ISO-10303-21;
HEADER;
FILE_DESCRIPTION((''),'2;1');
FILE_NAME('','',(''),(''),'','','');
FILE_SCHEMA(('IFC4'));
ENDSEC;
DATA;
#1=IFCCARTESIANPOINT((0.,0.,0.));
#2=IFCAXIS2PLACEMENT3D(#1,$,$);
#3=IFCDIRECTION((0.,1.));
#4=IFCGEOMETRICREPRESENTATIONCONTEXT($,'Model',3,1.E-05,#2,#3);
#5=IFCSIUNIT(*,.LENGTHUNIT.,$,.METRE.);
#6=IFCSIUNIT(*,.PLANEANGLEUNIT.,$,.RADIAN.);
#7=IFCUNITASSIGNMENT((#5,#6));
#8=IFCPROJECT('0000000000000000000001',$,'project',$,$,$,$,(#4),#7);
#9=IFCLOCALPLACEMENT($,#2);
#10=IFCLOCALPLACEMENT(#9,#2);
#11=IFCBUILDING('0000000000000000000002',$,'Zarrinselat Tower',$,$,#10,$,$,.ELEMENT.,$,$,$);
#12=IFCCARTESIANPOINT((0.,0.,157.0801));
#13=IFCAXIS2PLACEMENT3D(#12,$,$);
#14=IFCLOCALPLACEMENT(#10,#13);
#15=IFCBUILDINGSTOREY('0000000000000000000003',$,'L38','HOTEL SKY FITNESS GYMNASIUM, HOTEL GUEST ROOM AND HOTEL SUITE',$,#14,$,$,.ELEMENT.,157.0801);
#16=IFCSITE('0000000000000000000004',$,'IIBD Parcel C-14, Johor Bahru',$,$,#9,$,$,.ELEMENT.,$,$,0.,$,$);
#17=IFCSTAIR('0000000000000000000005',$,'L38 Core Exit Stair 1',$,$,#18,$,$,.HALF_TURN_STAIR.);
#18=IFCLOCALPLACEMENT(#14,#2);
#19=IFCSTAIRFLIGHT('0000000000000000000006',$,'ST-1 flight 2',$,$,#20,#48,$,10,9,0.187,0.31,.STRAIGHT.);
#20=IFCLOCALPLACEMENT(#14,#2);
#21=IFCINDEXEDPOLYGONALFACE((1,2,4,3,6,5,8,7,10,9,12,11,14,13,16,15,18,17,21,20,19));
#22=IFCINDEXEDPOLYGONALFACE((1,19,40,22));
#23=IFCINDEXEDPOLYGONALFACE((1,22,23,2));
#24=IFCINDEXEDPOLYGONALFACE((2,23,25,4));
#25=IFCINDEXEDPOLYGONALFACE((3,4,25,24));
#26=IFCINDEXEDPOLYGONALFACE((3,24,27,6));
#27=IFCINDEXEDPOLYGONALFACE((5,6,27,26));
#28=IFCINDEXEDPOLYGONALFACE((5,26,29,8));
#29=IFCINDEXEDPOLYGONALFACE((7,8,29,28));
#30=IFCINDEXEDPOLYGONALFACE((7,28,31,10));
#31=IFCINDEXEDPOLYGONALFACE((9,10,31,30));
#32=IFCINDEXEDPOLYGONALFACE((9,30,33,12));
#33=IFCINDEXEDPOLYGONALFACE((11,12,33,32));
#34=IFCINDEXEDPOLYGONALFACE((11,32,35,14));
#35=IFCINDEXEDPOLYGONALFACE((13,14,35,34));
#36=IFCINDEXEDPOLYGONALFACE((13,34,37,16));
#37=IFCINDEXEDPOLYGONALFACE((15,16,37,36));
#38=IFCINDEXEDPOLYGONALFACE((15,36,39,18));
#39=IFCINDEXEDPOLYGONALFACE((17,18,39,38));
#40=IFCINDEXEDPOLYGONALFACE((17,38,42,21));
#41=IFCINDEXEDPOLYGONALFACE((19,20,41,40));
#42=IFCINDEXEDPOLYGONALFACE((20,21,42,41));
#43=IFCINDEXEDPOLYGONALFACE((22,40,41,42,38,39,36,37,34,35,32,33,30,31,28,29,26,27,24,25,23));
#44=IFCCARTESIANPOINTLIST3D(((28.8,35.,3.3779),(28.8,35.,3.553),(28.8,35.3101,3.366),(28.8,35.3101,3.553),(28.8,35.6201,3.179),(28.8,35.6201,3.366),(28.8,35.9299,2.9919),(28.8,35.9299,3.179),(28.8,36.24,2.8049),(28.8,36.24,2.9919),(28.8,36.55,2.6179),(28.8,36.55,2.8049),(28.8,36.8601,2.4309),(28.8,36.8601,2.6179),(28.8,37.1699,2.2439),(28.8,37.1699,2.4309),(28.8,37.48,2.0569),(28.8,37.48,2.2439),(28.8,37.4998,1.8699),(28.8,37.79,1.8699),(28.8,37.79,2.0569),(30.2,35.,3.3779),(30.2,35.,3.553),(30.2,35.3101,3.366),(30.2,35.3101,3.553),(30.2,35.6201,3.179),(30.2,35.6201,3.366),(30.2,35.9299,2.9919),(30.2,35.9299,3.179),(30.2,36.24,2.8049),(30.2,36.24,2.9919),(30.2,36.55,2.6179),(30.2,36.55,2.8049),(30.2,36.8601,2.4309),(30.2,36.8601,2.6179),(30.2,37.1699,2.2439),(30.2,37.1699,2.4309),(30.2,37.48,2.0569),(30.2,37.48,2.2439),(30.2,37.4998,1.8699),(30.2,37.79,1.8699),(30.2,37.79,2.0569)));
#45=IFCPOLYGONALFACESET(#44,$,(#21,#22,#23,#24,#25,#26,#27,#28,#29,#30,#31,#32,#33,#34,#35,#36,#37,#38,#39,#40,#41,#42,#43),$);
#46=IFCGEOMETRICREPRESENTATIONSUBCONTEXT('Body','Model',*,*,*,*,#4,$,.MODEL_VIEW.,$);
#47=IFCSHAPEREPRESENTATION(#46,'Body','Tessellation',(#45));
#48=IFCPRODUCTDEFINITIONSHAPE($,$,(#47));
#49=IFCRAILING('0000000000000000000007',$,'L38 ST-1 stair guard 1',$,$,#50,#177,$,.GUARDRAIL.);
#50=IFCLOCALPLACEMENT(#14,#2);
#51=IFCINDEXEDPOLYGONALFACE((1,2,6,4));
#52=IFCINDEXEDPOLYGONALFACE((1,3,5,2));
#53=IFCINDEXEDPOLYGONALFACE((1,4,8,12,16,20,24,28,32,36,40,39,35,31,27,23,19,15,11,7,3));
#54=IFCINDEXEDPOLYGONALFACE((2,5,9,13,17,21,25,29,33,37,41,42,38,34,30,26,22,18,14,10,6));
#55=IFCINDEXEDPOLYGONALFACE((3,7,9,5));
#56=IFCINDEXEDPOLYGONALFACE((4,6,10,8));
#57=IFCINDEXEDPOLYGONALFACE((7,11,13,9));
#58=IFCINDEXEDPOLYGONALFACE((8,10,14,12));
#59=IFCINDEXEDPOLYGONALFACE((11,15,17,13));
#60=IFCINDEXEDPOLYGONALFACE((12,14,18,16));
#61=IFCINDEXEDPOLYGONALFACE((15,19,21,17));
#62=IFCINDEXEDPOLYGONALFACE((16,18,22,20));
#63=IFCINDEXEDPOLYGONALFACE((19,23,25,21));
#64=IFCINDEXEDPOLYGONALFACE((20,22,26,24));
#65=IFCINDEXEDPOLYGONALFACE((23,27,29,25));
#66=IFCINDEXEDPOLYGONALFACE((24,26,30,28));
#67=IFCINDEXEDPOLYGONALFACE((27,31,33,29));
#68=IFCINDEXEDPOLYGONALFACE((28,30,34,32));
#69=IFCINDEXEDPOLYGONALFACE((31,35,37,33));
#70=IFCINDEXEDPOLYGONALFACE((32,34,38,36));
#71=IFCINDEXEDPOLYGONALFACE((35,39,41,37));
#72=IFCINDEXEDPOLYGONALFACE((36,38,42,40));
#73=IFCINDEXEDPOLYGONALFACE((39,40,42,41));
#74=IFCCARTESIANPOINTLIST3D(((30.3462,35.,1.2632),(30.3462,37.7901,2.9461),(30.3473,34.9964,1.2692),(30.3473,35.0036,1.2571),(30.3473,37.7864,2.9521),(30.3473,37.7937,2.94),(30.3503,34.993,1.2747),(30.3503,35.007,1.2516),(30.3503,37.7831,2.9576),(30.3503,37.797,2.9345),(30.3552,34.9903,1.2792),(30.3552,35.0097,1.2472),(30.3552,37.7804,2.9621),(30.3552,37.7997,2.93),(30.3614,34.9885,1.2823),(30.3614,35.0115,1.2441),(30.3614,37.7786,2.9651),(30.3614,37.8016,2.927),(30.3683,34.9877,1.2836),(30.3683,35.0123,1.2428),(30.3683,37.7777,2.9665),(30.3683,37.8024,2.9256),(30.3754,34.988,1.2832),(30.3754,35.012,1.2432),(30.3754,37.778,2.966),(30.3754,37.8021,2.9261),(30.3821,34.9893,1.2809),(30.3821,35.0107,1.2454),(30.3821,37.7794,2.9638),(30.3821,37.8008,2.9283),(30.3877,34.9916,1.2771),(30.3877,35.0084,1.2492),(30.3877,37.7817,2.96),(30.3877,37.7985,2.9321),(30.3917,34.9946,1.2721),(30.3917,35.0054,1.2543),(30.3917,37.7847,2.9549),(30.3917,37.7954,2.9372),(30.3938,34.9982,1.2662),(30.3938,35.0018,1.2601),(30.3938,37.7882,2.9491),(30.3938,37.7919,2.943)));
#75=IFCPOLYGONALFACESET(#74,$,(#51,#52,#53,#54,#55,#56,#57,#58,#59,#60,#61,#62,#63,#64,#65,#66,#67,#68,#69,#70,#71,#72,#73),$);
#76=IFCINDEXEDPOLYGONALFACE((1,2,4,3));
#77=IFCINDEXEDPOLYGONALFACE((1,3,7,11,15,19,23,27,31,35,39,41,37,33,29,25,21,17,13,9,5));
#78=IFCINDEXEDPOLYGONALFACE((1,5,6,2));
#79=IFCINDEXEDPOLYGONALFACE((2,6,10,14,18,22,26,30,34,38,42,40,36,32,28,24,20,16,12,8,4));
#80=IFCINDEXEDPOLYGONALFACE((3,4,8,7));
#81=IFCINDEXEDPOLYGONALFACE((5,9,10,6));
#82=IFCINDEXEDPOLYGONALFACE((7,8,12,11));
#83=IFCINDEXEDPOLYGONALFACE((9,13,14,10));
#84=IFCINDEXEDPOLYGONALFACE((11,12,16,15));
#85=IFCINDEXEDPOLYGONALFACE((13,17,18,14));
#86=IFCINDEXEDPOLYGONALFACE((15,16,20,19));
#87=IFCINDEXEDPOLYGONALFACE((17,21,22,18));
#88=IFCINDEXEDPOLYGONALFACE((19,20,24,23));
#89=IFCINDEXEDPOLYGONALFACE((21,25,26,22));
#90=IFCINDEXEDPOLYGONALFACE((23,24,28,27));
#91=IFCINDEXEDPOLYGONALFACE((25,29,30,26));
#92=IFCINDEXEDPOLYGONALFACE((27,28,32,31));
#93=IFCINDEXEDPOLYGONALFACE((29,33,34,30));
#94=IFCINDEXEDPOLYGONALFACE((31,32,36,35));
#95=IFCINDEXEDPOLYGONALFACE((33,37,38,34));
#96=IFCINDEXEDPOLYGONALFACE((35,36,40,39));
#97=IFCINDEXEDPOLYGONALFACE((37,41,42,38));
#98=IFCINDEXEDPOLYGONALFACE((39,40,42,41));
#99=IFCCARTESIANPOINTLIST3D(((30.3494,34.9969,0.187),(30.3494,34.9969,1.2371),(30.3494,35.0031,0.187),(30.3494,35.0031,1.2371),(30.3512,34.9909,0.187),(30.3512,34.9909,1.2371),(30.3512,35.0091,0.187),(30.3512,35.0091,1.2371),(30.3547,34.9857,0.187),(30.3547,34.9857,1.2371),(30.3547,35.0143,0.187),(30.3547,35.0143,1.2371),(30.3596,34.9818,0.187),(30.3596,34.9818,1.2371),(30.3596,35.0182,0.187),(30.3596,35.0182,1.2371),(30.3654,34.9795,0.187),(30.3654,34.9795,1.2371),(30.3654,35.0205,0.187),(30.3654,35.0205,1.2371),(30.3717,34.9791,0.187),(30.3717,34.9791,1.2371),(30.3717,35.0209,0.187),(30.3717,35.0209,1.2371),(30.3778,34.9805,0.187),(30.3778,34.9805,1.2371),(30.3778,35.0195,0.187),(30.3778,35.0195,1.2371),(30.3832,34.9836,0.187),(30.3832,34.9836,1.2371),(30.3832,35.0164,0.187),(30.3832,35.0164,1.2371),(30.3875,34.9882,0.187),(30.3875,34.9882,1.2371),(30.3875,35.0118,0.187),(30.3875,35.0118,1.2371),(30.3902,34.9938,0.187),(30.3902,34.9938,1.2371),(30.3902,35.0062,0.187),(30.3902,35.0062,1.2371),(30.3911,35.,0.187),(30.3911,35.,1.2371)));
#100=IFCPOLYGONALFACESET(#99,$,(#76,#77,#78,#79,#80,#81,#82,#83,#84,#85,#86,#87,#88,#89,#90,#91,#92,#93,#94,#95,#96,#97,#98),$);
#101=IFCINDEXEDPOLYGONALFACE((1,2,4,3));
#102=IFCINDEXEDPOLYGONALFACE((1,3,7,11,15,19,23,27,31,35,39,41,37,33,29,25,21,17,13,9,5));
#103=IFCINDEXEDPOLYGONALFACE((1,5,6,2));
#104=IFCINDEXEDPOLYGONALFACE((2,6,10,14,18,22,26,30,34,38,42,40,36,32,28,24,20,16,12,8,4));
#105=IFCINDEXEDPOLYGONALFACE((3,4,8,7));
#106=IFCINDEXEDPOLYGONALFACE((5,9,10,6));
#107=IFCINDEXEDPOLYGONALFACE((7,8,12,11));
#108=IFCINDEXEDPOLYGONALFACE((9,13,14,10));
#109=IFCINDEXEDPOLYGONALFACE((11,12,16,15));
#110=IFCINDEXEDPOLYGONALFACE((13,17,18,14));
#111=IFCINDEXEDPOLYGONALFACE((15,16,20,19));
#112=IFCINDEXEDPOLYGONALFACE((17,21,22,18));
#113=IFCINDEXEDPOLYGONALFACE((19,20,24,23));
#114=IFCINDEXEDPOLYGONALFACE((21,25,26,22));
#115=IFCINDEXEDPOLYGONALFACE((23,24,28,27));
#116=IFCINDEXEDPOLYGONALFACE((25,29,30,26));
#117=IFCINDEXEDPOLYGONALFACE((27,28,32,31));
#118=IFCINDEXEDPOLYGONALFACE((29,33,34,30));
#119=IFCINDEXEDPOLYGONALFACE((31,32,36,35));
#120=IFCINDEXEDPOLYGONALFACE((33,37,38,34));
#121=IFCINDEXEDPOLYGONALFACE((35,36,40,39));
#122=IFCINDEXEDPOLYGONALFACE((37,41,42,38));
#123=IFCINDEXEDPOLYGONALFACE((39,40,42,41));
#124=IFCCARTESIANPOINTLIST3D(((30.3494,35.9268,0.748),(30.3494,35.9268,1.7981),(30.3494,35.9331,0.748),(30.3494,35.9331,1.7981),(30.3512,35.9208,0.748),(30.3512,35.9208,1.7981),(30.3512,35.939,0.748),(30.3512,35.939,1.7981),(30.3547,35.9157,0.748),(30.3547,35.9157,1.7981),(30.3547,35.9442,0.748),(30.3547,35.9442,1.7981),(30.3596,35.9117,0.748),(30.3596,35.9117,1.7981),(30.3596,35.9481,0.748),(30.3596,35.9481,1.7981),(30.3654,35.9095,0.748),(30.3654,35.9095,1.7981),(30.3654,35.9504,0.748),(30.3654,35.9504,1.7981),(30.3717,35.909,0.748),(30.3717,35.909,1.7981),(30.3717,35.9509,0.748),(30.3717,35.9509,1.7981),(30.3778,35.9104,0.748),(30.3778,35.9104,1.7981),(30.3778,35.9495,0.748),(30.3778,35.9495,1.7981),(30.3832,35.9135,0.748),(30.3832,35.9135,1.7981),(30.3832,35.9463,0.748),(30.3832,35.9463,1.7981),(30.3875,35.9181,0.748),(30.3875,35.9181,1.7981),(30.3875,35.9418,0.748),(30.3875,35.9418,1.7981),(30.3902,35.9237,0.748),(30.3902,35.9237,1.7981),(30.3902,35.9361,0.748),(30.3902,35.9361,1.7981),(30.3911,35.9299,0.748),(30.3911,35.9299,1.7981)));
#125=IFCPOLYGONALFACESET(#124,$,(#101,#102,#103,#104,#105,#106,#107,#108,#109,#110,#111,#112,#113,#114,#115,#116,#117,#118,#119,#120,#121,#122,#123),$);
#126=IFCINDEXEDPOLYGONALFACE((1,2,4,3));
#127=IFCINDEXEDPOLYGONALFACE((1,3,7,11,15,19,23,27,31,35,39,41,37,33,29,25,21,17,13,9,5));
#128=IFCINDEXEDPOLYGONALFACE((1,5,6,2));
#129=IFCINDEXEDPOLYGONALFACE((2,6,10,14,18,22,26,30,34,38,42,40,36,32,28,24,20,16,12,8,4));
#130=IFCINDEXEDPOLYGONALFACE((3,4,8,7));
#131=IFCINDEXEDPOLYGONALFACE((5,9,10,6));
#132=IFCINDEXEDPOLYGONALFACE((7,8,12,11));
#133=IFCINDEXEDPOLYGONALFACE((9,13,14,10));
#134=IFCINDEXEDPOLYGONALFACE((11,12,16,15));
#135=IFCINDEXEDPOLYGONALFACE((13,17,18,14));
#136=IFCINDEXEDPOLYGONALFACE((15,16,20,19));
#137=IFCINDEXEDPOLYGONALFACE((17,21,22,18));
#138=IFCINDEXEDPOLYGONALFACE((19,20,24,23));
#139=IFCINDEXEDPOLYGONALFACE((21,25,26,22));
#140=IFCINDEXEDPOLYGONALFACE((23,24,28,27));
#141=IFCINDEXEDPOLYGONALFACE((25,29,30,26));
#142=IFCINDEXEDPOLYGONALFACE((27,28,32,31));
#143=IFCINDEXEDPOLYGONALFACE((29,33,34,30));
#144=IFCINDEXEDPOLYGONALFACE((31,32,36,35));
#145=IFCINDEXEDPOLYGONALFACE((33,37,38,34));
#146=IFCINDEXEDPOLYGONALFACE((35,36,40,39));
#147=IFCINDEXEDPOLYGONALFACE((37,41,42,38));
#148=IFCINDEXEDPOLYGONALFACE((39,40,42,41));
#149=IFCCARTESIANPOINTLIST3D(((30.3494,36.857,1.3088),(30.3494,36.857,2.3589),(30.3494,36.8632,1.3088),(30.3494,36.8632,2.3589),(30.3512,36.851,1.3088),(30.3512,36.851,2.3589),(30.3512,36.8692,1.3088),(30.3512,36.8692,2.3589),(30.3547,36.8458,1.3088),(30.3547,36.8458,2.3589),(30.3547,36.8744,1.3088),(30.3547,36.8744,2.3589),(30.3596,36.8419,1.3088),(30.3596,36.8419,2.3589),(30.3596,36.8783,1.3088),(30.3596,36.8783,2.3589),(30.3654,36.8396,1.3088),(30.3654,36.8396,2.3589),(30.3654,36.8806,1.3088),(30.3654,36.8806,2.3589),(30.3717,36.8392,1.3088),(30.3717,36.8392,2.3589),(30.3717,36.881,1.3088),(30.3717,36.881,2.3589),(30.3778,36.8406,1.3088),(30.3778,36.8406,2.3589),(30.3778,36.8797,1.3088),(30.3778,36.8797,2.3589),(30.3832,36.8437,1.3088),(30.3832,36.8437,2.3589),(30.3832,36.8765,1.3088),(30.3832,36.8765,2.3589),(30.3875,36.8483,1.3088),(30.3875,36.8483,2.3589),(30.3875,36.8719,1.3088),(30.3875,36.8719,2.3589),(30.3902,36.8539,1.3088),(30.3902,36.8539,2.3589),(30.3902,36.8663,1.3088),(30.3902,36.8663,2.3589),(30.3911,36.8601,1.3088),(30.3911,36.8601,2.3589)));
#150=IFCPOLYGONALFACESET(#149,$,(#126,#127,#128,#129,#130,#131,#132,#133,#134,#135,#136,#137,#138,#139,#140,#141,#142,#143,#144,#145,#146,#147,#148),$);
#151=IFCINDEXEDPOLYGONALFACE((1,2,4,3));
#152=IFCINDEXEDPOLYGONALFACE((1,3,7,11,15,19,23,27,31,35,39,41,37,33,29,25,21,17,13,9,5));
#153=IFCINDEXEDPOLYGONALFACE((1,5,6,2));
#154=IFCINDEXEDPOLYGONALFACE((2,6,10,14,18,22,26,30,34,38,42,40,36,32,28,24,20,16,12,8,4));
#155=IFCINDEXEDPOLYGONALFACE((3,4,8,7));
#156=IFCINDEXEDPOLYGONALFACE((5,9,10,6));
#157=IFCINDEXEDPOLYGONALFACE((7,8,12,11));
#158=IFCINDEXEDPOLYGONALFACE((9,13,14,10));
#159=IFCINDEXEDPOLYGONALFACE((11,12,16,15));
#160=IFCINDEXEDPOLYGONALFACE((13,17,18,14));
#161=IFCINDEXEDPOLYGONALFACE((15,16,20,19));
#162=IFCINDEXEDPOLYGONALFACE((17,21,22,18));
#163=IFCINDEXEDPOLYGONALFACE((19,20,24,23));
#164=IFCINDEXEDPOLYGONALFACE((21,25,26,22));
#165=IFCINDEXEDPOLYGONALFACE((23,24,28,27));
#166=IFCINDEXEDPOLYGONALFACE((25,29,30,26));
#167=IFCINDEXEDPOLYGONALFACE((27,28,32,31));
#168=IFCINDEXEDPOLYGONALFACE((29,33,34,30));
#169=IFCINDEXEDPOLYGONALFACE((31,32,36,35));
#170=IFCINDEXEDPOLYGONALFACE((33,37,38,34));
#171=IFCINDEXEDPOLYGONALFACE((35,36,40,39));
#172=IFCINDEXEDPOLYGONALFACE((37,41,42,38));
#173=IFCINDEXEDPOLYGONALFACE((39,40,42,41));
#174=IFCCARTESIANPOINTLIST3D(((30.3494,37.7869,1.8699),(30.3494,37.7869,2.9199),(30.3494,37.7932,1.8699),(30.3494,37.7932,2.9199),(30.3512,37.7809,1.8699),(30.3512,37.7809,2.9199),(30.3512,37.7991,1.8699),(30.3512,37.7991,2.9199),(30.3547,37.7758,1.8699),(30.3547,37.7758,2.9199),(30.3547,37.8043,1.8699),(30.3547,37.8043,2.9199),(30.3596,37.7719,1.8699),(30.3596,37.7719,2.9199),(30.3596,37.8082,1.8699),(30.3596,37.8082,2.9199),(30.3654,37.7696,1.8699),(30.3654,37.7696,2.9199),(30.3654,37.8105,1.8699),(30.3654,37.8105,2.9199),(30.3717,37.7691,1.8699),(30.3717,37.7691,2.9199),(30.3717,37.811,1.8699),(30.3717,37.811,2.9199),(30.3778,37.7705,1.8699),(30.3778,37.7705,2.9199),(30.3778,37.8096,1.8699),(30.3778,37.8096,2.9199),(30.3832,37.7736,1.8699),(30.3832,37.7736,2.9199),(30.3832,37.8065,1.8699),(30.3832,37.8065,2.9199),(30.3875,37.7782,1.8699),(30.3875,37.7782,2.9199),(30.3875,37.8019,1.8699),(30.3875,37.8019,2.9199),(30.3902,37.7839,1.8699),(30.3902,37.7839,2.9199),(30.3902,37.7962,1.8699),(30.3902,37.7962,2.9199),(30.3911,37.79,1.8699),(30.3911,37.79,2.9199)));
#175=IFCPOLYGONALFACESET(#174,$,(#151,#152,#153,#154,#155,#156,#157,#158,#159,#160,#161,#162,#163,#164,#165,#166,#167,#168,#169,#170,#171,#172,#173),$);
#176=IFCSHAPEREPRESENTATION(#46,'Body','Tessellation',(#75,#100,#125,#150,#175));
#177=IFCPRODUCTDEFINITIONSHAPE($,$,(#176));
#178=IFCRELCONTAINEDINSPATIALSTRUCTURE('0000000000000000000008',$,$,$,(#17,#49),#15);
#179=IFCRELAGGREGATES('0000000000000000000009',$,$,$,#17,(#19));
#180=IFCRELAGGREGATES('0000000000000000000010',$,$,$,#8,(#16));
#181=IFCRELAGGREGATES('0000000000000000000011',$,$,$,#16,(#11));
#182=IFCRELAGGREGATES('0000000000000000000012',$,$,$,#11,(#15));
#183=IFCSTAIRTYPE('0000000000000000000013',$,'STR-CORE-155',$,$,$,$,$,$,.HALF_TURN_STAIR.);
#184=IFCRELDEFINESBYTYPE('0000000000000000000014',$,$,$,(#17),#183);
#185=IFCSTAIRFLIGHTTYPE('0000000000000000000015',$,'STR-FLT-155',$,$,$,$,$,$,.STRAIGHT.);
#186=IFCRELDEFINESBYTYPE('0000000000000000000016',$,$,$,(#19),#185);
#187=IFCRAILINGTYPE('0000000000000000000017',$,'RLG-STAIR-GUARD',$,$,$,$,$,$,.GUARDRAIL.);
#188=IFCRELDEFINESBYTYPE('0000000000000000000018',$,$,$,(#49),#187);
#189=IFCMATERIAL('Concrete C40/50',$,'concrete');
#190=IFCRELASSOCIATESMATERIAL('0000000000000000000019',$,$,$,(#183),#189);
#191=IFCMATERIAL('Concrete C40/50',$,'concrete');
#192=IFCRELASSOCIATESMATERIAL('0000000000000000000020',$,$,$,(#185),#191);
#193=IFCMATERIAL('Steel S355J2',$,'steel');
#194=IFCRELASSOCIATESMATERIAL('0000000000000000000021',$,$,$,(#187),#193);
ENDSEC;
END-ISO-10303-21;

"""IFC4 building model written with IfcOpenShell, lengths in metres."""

from ifc_helpers import new_model, si_unit, direction, frame, origin, origin_2d, place, context, subcontext, project, spatial, polyline, circle, outline, extrude, material, type_object, element, aggregate, save


model = new_model("IFC4")

# Units and contexts
model_context = context("Model", 3, precision=1e-05, world=origin(), true_north=direction((0.0, 1.0)))
body_context = subcontext(model_context, "Body", "Model", "MODEL_VIEW")
ifc_project = project(units=[si_unit("LENGTHUNIT", "METRE"), si_unit("PLANEANGLEUNIT", "RADIAN")], contexts=[model_context])

# Site, building, storey
site_placement = place(None, origin())
site = spatial("IfcSite", under=ifc_project, at=site_placement, Name="IIBD Parcel C-14, Johor Bahru", CompositionType="ELEMENT", RefElevation=0.0)
building_placement = place(site_placement, origin())
building = spatial("IfcBuilding", under=site, at=building_placement, Name="Zarrinselat Tower", CompositionType="ELEMENT")
storey_placement = place(building_placement, frame((0.0, 0.0, 157.0801)))
storey = spatial("IfcBuildingStorey", under=building, at=storey_placement, Name="L38", Description="HOTEL SKY FITNESS GYMNASIUM, HOTEL GUEST ROOM AND HOTEL SUITE", CompositionType="ELEMENT", Elevation=157.0801)

# Stair, stair flight
ifc_material_1 = material(Name="Concrete C40/50", Category="concrete")
stair_type = type_object("IfcStairType", Name="STR-CORE-155", PredefinedType="HALF_TURN_STAIR", material=ifc_material_1)
stair_placement = place(storey_placement, origin())
stair = element("IfcStair", 1, at=stair_placement, inside=storey, type_object=stair_type, Name="L38 Core Exit Stair 1", PredefinedType="HALF_TURN_STAIR")
ifc_material_2 = material(Name="Concrete C40/50", Category="concrete")
stair_flight_type = type_object("IfcStairFlightType", Name="STR-FLT-155", PredefinedType="STRAIGHT", material=ifc_material_2)
stair_flight_1_placement = place(storey_placement, frame((29.5, 37.79, 1.8699), z_axis=(0.0, 0.0, 1.0), x_axis=(0.0, -1.0, 0.0)))
stair_flight_1 = element("IfcStairFlight", 2, at=stair_flight_1_placement, type_object=stair_flight_type, Name="ST-1 flight 2", NumberOfRisers=10, NumberOfTreads=9, PredefinedType="STRAIGHT", RiserHeight=0.187, TreadLength=0.31, context=body_context, shape_type="SweptSolid", body=[
    extrude(outline(polyline([(0.0, 0.0), (0.0, 0.187), (0.3101, 0.187), (0.3101, 0.374), (0.6201, 0.374), (0.6201, 0.561), (0.9299, 0.561), (0.9299, 0.748), (1.24, 0.748), (1.24, 0.9351), (1.55, 0.9351), (1.55, 1.1221), (1.8601, 1.1221), (1.8601, 1.3091), (2.1699, 1.3091), (2.1699, 1.4961), (2.48, 1.4961), (2.48, 1.6831), (2.79, 1.6831), (2.79, 1.8701), (2.79, 1.5081), (0.2903, 0.0), (0.0, 0.0)])), frame((0.0, 0.7, 0.0), z_axis=(0.0, -1.0, 0.0), x_axis=(1.0, 0.0, 0.0)), (0.0, 0.0, 1.0), 1.3999),
])
aggregate(stair, [stair_flight_1])

# Railing
ifc_material_3 = material(Name="Steel S355J2", Category="steel")
railing_type_1 = type_object("IfcRailingType", Name="RLG-STAIR-GUARD", PredefinedType="GUARDRAIL", material=ifc_material_3)
railing_1_placement = place(storey_placement, frame((30.3701, 35.0, 0.187)))
element("IfcRailing", 3, at=railing_1_placement, inside=storey, type_object=railing_type_1, Name="L38 ST-1 stair guard 1", PredefinedType="GUARDRAIL", context=body_context, shape_type="SweptSolid", body=[
    extrude(circle(Radius=0.0239, at=origin_2d()), frame((0.0, 0.0, 1.0762), z_axis=(0.0, 0.856294, 0.516489), x_axis=(-1.0, 0.0, 0.0)), (0.0, 0.0, 1.0), 3.2583),
    extrude(circle(Radius=0.021, at=origin_2d()), origin(), (0.0, 0.0, 1.0), 1.05),
    extrude(circle(Radius=0.021, at=origin_2d()), frame((0.0, 0.9299, 0.561)), (0.0, 0.0, 1.0), 1.05),
    extrude(circle(Radius=0.021, at=origin_2d()), frame((0.0, 1.8601, 1.1218)), (0.0, 0.0, 1.0), 1.05),
    extrude(circle(Radius=0.021, at=origin_2d()), frame((0.0, 2.79, 1.6829)), (0.0, 0.0, 1.0), 1.05),
])

save(model, "model.ifc")
